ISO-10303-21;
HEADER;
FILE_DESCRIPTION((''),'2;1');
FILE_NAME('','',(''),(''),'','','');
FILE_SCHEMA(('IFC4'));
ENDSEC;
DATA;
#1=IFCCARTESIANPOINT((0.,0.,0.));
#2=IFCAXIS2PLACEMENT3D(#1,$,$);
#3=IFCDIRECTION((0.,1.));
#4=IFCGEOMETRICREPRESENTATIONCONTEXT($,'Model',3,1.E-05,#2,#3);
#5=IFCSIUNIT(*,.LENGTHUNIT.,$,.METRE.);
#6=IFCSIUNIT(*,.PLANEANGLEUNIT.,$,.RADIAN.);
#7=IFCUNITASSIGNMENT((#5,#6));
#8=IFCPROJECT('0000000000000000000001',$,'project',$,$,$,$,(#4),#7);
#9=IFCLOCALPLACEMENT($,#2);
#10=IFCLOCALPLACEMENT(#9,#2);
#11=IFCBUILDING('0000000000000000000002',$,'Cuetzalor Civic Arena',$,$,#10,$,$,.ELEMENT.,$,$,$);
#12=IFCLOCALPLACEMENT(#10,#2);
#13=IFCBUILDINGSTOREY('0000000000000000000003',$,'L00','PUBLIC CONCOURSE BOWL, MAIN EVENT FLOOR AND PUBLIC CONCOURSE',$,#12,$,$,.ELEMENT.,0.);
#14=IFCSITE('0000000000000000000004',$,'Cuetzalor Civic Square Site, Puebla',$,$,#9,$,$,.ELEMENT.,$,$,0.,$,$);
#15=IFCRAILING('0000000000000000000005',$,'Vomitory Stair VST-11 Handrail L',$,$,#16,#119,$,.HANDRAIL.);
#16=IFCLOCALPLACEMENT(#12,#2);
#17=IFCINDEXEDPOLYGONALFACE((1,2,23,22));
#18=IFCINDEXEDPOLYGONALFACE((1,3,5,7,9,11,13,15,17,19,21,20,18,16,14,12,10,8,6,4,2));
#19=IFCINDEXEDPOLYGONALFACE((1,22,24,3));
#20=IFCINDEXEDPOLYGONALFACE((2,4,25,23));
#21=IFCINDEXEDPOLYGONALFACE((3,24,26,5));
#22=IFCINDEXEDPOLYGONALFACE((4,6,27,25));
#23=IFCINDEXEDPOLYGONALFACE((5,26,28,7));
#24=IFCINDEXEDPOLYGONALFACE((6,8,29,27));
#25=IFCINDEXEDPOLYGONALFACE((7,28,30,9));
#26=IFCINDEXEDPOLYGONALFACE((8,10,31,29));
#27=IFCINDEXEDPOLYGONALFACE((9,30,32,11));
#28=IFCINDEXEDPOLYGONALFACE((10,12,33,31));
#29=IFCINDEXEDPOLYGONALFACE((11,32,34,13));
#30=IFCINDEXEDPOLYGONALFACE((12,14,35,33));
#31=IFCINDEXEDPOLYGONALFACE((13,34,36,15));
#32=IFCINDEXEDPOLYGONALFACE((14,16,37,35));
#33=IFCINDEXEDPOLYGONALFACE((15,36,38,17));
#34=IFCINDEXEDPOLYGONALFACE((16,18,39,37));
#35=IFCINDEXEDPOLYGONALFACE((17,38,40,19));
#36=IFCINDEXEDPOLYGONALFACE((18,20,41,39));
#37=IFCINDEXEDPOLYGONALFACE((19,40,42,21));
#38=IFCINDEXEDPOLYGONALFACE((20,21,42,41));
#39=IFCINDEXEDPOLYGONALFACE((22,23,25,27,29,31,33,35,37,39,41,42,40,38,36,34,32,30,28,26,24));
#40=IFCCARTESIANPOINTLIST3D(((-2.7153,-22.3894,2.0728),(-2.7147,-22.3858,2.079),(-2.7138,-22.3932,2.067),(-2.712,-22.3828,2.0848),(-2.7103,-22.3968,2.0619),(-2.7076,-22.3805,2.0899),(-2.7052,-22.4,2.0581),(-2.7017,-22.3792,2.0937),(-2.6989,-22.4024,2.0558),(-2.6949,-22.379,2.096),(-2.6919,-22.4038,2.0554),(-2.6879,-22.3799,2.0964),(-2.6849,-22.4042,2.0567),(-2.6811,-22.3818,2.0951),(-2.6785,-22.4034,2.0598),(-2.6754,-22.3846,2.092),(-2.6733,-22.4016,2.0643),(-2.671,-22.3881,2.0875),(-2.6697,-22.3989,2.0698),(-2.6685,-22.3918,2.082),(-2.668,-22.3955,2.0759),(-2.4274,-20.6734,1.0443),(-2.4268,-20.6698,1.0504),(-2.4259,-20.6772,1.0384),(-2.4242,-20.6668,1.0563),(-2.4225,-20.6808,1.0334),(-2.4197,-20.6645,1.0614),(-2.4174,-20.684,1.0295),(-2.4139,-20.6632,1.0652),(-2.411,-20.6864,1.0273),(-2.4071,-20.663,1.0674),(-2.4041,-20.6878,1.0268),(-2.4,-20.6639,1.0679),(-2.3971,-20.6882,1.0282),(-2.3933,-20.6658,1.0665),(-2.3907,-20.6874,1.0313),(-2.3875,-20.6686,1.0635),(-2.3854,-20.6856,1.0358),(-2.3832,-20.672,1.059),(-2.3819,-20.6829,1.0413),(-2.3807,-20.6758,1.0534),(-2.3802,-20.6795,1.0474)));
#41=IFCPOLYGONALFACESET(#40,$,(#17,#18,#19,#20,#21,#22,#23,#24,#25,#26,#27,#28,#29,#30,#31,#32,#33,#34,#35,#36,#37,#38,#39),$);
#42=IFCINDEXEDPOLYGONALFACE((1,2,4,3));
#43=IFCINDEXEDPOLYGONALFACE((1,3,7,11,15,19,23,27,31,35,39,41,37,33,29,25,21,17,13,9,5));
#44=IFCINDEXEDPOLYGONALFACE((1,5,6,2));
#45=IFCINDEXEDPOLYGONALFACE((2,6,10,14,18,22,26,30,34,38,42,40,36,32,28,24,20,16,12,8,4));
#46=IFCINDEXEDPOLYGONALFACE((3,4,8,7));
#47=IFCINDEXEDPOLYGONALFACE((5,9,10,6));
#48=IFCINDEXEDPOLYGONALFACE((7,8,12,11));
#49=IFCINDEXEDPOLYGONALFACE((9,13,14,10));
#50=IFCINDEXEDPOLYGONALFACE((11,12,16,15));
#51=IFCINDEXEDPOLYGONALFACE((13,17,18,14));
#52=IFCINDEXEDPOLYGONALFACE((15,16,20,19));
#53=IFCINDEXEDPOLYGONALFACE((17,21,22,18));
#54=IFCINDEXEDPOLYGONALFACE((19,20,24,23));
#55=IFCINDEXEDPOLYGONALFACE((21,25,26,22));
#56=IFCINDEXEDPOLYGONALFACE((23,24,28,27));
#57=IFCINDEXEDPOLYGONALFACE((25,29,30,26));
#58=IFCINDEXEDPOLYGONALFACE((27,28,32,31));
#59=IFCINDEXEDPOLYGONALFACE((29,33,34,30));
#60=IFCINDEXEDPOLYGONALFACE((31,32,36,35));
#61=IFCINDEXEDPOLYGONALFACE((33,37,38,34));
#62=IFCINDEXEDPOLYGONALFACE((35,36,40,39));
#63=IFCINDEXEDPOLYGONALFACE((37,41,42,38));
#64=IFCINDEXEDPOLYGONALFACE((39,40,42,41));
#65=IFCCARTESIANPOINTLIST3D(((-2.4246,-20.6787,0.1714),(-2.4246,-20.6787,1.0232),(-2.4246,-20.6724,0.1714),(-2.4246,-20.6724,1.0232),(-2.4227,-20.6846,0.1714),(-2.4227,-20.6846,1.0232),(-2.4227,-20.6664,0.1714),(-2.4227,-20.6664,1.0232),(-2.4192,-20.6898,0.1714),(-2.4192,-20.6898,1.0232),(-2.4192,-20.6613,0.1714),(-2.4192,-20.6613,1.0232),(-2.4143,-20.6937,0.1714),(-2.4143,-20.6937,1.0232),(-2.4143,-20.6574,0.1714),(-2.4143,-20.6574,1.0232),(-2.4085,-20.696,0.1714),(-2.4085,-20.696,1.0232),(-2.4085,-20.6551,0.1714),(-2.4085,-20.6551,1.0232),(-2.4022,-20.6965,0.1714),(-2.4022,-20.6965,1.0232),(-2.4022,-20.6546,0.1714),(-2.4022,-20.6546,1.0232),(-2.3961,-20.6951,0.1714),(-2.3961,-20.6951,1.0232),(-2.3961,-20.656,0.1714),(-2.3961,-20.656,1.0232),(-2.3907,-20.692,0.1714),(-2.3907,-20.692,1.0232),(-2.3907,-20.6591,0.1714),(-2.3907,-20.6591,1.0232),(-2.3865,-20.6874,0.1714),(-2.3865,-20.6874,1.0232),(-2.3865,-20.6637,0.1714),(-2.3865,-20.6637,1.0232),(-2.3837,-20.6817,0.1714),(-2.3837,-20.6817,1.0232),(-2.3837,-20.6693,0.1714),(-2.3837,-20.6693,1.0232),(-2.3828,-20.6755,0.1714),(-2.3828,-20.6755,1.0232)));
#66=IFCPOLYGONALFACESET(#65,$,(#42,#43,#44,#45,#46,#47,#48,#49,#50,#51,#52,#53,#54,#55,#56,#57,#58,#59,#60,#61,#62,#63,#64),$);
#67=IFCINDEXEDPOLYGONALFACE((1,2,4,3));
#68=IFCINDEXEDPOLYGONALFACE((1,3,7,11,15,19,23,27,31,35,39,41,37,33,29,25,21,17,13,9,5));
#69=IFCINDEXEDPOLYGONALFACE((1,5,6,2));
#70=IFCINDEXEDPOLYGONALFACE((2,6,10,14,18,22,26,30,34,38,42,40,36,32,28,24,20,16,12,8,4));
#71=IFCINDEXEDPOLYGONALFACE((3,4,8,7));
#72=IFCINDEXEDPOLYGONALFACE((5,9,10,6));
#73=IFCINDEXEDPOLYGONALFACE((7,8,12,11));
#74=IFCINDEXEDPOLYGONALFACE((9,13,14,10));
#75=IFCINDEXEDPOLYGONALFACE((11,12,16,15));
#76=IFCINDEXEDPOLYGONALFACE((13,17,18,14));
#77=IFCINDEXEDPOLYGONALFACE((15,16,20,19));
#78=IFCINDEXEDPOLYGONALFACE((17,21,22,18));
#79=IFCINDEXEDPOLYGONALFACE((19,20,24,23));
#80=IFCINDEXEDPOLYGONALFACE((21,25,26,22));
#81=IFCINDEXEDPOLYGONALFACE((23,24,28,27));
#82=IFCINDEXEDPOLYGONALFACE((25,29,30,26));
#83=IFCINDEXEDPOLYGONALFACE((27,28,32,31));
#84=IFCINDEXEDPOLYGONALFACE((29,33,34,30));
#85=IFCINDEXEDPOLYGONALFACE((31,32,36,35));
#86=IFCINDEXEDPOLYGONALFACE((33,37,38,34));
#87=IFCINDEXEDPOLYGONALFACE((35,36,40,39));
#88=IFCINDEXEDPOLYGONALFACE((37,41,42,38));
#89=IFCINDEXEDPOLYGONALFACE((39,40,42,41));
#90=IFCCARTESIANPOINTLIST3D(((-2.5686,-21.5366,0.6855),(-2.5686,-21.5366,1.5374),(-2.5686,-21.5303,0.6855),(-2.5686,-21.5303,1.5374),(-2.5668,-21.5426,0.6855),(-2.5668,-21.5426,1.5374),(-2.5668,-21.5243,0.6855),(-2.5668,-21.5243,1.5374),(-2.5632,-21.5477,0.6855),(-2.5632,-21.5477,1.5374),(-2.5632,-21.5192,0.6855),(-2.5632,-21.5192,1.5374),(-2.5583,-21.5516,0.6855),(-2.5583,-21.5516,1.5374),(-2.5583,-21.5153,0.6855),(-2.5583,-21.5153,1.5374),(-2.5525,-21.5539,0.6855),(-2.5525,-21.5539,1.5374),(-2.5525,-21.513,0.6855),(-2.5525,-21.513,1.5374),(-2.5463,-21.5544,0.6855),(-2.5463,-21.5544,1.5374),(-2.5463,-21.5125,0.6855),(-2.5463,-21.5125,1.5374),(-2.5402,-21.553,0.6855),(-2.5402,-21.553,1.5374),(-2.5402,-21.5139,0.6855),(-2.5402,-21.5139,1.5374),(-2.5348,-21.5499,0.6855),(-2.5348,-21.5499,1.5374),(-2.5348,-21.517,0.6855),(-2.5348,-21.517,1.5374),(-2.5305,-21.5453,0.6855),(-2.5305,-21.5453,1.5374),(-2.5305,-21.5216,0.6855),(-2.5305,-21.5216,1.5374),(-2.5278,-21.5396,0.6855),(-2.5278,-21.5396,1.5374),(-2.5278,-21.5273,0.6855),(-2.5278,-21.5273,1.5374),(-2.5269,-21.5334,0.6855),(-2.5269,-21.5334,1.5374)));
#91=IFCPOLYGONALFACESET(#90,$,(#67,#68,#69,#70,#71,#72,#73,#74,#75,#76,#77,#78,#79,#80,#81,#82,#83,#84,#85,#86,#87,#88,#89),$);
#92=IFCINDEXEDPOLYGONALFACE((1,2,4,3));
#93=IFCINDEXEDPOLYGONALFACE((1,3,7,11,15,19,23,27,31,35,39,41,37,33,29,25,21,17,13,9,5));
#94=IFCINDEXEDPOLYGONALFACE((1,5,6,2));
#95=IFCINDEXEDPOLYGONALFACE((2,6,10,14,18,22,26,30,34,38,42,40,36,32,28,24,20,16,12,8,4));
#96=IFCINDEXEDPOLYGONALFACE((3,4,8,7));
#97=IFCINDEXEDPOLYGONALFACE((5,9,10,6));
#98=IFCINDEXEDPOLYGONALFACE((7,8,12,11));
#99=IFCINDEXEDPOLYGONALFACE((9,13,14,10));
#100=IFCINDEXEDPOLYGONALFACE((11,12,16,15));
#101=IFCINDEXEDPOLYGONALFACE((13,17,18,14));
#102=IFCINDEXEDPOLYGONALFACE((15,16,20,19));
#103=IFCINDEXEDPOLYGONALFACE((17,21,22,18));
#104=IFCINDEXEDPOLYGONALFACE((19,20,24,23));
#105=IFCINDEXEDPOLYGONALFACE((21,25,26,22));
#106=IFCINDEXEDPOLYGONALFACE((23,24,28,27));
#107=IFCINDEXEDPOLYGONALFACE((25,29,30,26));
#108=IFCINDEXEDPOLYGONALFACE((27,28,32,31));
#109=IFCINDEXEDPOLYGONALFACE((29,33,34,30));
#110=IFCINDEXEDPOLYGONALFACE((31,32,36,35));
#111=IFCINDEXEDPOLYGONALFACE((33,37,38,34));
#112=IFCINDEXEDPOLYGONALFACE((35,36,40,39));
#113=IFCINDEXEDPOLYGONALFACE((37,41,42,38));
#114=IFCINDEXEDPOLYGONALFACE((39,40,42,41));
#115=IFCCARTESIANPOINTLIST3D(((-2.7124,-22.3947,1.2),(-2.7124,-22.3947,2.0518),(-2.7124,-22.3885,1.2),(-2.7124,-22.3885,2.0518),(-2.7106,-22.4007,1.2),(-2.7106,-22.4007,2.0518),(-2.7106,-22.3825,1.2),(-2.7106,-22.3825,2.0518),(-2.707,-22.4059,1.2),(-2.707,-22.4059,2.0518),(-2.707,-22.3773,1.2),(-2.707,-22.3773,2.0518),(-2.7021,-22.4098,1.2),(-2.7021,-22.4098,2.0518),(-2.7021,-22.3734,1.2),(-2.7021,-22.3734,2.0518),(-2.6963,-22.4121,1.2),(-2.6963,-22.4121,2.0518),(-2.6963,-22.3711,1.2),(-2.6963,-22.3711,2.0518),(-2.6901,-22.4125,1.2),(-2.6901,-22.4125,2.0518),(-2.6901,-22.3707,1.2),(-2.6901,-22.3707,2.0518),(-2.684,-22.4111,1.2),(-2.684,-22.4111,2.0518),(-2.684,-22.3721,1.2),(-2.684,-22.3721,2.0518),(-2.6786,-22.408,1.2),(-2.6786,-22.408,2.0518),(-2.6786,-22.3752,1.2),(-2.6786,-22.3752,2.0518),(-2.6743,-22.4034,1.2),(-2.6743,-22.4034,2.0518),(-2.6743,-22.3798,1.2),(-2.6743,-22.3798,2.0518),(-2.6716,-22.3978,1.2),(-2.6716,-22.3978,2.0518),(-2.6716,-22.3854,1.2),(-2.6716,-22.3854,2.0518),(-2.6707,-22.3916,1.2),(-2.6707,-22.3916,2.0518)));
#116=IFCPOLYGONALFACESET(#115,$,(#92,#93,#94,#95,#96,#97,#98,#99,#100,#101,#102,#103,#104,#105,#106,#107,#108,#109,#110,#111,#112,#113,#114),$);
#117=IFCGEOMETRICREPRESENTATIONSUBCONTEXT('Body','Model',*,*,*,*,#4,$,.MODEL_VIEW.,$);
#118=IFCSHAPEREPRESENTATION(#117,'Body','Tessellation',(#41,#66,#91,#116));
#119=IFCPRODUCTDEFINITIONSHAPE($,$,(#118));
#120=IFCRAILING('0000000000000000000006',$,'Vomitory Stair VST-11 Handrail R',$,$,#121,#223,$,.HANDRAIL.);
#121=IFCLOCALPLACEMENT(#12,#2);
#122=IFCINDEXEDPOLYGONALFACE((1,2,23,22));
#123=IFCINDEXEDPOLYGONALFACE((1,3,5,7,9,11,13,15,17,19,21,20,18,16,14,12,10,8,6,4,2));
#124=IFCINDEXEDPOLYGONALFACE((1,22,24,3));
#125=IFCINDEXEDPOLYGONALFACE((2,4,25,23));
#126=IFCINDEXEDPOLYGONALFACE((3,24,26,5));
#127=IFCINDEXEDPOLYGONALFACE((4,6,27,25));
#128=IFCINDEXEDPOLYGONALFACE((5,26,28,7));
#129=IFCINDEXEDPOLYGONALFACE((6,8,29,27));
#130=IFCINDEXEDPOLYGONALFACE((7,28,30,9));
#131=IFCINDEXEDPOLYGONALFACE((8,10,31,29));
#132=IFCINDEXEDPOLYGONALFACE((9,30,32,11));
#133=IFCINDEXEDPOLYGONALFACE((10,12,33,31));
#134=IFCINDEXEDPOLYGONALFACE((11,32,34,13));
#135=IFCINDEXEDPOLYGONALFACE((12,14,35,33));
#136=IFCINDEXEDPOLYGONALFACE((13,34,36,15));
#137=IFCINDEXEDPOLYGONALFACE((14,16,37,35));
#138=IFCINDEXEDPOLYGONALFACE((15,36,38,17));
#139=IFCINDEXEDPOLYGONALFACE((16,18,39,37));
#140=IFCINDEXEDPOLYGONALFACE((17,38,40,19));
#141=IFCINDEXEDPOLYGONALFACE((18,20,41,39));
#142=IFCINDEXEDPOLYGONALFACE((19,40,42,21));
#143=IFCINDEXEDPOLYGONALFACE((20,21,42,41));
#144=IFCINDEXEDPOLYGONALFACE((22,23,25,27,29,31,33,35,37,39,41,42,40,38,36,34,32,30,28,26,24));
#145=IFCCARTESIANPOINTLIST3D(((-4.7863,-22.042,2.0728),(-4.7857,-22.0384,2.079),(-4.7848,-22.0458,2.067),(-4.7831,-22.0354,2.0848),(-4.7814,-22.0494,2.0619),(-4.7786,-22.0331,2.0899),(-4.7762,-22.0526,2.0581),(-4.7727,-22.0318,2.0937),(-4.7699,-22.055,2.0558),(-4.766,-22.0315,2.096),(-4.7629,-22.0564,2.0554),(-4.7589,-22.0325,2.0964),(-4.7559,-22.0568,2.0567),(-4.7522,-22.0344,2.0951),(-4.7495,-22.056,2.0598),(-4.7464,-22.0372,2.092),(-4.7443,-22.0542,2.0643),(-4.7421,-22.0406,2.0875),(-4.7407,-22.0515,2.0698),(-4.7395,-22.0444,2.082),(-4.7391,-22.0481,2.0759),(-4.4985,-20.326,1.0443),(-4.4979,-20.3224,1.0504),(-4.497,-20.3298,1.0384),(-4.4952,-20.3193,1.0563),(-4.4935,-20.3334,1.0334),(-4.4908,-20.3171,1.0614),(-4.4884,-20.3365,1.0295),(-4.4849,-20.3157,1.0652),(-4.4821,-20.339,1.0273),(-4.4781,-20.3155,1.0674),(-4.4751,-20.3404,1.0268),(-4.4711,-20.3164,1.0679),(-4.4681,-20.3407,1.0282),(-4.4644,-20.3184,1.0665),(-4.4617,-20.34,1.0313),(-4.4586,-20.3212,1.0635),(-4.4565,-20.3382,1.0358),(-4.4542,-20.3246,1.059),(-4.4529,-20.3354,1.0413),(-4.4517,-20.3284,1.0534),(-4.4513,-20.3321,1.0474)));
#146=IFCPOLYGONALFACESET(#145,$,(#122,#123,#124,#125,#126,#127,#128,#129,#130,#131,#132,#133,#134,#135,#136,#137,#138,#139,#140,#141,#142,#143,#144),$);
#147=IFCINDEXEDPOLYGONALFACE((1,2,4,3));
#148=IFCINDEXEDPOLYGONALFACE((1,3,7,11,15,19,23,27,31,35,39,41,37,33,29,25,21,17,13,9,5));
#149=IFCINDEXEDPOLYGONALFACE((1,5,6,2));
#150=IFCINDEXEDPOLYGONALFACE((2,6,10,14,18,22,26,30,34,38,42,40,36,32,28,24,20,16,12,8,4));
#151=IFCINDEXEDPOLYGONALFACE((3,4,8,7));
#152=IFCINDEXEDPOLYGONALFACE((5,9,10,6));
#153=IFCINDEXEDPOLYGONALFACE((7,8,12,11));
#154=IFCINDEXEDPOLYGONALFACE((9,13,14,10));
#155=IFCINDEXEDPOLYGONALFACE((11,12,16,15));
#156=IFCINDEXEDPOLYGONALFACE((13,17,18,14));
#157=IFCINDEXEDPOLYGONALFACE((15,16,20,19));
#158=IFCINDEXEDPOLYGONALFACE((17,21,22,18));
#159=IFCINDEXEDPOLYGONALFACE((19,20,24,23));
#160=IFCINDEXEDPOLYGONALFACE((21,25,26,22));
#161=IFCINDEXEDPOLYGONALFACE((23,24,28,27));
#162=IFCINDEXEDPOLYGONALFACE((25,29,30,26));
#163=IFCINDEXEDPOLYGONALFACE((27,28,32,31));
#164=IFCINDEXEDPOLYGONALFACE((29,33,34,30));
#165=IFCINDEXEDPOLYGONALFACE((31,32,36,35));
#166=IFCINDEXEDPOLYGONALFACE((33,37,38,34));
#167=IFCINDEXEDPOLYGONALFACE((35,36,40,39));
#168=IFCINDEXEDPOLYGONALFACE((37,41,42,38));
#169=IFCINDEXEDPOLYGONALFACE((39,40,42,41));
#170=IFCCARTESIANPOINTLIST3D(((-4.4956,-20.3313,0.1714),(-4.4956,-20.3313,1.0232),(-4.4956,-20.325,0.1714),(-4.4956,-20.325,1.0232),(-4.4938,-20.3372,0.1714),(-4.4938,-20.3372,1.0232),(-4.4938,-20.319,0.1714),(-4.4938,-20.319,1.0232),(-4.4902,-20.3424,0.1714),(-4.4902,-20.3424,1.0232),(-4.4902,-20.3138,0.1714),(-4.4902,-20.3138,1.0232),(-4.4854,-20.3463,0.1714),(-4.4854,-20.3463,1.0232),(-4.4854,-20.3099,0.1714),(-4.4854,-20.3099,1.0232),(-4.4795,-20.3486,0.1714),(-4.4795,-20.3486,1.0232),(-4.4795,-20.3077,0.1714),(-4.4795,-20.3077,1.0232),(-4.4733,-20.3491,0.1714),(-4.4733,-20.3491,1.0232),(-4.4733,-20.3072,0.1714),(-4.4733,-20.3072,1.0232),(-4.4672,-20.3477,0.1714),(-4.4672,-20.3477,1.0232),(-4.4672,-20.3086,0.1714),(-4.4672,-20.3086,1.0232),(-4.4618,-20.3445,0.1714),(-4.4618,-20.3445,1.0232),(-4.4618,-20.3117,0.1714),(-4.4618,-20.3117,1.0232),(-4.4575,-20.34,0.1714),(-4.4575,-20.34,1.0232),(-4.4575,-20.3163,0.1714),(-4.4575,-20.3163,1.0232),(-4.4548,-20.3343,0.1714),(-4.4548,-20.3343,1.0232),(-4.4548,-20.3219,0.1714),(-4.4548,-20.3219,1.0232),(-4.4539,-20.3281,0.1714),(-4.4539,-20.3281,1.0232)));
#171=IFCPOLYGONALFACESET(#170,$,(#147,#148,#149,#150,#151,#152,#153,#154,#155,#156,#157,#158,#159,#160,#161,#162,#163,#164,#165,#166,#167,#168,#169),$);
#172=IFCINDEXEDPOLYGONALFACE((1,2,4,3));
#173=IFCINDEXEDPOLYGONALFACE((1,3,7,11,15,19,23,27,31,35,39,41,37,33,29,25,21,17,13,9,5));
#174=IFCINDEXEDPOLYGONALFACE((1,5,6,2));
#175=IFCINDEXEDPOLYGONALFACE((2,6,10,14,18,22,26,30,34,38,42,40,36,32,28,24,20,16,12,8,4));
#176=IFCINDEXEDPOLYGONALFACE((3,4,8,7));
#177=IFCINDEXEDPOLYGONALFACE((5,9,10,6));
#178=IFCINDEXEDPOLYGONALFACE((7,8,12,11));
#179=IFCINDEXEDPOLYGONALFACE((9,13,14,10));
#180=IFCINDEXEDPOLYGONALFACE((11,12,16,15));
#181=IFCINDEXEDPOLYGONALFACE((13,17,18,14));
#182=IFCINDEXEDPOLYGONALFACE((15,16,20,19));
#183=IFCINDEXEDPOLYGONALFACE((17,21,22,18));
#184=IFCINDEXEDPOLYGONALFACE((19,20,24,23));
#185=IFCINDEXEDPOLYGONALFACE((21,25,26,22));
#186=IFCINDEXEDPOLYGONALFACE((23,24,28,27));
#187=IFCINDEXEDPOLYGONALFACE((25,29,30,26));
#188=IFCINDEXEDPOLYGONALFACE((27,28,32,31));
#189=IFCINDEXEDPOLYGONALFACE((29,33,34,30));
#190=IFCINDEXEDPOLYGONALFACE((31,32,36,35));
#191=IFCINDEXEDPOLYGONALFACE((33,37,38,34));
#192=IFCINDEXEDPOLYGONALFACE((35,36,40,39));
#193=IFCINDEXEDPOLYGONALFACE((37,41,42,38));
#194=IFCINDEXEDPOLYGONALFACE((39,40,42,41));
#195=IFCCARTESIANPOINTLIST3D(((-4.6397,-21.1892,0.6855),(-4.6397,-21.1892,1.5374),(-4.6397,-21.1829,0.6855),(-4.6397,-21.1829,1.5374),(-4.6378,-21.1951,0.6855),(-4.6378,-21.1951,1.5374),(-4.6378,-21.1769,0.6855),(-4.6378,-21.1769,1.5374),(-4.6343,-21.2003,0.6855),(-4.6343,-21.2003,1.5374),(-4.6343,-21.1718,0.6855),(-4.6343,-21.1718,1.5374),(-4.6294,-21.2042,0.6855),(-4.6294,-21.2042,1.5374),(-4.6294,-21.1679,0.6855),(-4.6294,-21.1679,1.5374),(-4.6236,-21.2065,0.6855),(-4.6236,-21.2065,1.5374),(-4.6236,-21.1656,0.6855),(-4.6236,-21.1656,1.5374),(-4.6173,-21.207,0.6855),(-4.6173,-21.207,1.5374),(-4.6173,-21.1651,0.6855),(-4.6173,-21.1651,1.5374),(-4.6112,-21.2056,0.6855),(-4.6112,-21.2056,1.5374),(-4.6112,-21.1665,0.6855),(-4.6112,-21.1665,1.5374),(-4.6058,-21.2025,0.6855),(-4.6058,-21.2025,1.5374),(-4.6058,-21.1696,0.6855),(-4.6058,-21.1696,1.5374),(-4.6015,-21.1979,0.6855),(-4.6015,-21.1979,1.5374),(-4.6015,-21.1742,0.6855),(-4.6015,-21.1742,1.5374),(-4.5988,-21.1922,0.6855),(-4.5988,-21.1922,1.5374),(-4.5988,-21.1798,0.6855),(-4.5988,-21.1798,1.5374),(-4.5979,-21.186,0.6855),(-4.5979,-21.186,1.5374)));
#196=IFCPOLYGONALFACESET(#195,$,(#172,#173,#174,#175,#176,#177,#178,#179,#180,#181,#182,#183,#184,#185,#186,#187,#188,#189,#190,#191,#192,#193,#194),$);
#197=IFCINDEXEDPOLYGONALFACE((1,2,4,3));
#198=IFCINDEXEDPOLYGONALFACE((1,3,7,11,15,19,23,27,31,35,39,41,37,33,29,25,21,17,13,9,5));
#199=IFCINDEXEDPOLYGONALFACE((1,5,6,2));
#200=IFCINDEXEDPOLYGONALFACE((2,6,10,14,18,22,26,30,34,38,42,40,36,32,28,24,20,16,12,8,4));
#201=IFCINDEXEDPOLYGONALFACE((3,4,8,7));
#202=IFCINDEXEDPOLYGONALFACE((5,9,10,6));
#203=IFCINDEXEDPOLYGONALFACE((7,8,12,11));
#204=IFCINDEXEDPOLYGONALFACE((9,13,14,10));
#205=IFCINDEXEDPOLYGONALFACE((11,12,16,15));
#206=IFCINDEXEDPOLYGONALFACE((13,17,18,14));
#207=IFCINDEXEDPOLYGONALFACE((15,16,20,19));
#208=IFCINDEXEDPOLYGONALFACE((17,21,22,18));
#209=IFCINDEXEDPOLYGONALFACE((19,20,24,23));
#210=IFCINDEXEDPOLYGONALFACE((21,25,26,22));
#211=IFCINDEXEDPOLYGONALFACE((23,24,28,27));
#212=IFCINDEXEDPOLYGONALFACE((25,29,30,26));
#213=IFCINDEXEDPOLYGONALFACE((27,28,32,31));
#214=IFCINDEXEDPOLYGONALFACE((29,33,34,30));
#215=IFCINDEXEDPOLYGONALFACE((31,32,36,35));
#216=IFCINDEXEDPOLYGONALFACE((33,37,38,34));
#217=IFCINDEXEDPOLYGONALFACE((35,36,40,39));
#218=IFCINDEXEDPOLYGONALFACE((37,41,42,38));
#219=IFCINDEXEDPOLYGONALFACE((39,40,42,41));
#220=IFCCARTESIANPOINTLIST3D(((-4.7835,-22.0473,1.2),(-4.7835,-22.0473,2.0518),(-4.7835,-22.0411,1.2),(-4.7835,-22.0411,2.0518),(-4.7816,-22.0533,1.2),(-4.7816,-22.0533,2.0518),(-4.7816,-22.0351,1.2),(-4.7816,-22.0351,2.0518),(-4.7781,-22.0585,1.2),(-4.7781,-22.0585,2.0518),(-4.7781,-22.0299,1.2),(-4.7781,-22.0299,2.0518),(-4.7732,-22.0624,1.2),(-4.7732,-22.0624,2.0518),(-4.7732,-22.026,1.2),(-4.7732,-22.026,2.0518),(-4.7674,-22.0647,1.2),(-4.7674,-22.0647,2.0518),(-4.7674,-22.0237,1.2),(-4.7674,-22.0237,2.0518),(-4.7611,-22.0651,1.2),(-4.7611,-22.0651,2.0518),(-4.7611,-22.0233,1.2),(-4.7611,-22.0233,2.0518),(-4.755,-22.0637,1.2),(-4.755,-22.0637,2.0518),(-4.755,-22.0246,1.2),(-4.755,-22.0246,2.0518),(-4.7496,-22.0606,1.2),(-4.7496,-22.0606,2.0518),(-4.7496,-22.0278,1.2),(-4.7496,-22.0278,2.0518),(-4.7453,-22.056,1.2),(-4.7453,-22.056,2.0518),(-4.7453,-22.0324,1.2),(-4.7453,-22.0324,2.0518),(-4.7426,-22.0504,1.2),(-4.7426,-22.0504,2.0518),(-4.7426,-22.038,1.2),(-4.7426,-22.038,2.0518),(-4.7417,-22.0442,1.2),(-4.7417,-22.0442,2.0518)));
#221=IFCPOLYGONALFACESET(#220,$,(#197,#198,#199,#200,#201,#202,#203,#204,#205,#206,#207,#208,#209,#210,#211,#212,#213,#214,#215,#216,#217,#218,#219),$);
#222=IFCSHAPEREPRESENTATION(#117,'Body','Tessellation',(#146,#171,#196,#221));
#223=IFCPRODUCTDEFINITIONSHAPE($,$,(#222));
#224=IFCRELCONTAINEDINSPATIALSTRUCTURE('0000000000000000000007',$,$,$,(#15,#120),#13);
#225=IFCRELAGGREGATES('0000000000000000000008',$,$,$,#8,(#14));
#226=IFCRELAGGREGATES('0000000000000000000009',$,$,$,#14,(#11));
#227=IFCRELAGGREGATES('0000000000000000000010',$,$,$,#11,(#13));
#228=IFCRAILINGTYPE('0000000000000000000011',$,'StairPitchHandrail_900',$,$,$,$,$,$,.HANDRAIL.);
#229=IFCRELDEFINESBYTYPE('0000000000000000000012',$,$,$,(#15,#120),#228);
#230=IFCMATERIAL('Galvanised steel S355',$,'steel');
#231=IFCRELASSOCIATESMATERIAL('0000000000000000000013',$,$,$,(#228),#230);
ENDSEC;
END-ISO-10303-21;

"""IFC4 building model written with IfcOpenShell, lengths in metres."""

from ifc_helpers import new_model, si_unit, direction, frame, origin, origin_2d, place, context, subcontext, project, spatial, circle, extrude, material, type_object, element, save


model = new_model("IFC4")

# Units and contexts
model_context = context("Model", 3, precision=1e-05, world=origin(), true_north=direction((0.0, 1.0)))
body_context = subcontext(model_context, "Body", "Model", "MODEL_VIEW")
ifc_project = project(units=[si_unit("LENGTHUNIT", "METRE"), si_unit("PLANEANGLEUNIT", "RADIAN")], contexts=[model_context])

# Site, building, storey
site_placement = place(None, origin())
site = spatial("IfcSite", under=ifc_project, at=site_placement, Name="Cuetzalor Civic Square Site, Puebla", CompositionType="ELEMENT", RefElevation=0.0)
building_placement = place(site_placement, origin())
building = spatial("IfcBuilding", under=site, at=building_placement, Name="Cuetzalor Civic Arena", CompositionType="ELEMENT")
storey_placement = place(building_placement, origin())
storey = spatial("IfcBuildingStorey", under=building, at=storey_placement, Name="L00", Description="PUBLIC CONCOURSE BOWL, MAIN EVENT FLOOR AND PUBLIC CONCOURSE", CompositionType="ELEMENT", Elevation=0.0)

# Railings
ifc_material_1 = material(Name="Galvanised steel S355", Category="steel")
railing_type_1 = type_object("IfcRailingType", Name="StairPitchHandrail_900", PredefinedType="HANDRAIL", material=ifc_material_1)
for number, where, name in (
    (1, (-2.4038, -20.6755, 0.1714), "Vomitory Stair VST-11 Handrail L"),
    (2, (-4.4749, -20.3281, 0.1714), "Vomitory Stair VST-11 Handrail R"),
):
    element("IfcRailing", number, at=place(storey_placement, frame(where)), inside=storey, type_object=railing_type_1, Name=name, PredefinedType="HANDRAIL", context=body_context, shape_type="SweptSolid", body=[
        extrude(circle(Radius=0.0239, at=origin_2d()), frame((0.0, 0.0, 0.876), z_axis=(-0.142404, -0.848988, 0.508862), x_axis=(0.986223, -0.165423, 0.0)), (0.0, 0.0, 1.0), 2.0212),
        extrude(circle(Radius=0.021, at=origin_2d()), origin(), (0.0, 0.0, 1.0), 0.8518),
        extrude(circle(Radius=0.021, at=origin_2d()), frame((-0.144, -0.8579, 0.5142)), (0.0, 0.0, 1.0), 0.8518),
        extrude(circle(Radius=0.021, at=origin_2d()), frame((-0.2878, -1.7161, 1.0286)), (0.0, 0.0, 1.0), 0.8518),
    ])

save(model, "model.ifc")
